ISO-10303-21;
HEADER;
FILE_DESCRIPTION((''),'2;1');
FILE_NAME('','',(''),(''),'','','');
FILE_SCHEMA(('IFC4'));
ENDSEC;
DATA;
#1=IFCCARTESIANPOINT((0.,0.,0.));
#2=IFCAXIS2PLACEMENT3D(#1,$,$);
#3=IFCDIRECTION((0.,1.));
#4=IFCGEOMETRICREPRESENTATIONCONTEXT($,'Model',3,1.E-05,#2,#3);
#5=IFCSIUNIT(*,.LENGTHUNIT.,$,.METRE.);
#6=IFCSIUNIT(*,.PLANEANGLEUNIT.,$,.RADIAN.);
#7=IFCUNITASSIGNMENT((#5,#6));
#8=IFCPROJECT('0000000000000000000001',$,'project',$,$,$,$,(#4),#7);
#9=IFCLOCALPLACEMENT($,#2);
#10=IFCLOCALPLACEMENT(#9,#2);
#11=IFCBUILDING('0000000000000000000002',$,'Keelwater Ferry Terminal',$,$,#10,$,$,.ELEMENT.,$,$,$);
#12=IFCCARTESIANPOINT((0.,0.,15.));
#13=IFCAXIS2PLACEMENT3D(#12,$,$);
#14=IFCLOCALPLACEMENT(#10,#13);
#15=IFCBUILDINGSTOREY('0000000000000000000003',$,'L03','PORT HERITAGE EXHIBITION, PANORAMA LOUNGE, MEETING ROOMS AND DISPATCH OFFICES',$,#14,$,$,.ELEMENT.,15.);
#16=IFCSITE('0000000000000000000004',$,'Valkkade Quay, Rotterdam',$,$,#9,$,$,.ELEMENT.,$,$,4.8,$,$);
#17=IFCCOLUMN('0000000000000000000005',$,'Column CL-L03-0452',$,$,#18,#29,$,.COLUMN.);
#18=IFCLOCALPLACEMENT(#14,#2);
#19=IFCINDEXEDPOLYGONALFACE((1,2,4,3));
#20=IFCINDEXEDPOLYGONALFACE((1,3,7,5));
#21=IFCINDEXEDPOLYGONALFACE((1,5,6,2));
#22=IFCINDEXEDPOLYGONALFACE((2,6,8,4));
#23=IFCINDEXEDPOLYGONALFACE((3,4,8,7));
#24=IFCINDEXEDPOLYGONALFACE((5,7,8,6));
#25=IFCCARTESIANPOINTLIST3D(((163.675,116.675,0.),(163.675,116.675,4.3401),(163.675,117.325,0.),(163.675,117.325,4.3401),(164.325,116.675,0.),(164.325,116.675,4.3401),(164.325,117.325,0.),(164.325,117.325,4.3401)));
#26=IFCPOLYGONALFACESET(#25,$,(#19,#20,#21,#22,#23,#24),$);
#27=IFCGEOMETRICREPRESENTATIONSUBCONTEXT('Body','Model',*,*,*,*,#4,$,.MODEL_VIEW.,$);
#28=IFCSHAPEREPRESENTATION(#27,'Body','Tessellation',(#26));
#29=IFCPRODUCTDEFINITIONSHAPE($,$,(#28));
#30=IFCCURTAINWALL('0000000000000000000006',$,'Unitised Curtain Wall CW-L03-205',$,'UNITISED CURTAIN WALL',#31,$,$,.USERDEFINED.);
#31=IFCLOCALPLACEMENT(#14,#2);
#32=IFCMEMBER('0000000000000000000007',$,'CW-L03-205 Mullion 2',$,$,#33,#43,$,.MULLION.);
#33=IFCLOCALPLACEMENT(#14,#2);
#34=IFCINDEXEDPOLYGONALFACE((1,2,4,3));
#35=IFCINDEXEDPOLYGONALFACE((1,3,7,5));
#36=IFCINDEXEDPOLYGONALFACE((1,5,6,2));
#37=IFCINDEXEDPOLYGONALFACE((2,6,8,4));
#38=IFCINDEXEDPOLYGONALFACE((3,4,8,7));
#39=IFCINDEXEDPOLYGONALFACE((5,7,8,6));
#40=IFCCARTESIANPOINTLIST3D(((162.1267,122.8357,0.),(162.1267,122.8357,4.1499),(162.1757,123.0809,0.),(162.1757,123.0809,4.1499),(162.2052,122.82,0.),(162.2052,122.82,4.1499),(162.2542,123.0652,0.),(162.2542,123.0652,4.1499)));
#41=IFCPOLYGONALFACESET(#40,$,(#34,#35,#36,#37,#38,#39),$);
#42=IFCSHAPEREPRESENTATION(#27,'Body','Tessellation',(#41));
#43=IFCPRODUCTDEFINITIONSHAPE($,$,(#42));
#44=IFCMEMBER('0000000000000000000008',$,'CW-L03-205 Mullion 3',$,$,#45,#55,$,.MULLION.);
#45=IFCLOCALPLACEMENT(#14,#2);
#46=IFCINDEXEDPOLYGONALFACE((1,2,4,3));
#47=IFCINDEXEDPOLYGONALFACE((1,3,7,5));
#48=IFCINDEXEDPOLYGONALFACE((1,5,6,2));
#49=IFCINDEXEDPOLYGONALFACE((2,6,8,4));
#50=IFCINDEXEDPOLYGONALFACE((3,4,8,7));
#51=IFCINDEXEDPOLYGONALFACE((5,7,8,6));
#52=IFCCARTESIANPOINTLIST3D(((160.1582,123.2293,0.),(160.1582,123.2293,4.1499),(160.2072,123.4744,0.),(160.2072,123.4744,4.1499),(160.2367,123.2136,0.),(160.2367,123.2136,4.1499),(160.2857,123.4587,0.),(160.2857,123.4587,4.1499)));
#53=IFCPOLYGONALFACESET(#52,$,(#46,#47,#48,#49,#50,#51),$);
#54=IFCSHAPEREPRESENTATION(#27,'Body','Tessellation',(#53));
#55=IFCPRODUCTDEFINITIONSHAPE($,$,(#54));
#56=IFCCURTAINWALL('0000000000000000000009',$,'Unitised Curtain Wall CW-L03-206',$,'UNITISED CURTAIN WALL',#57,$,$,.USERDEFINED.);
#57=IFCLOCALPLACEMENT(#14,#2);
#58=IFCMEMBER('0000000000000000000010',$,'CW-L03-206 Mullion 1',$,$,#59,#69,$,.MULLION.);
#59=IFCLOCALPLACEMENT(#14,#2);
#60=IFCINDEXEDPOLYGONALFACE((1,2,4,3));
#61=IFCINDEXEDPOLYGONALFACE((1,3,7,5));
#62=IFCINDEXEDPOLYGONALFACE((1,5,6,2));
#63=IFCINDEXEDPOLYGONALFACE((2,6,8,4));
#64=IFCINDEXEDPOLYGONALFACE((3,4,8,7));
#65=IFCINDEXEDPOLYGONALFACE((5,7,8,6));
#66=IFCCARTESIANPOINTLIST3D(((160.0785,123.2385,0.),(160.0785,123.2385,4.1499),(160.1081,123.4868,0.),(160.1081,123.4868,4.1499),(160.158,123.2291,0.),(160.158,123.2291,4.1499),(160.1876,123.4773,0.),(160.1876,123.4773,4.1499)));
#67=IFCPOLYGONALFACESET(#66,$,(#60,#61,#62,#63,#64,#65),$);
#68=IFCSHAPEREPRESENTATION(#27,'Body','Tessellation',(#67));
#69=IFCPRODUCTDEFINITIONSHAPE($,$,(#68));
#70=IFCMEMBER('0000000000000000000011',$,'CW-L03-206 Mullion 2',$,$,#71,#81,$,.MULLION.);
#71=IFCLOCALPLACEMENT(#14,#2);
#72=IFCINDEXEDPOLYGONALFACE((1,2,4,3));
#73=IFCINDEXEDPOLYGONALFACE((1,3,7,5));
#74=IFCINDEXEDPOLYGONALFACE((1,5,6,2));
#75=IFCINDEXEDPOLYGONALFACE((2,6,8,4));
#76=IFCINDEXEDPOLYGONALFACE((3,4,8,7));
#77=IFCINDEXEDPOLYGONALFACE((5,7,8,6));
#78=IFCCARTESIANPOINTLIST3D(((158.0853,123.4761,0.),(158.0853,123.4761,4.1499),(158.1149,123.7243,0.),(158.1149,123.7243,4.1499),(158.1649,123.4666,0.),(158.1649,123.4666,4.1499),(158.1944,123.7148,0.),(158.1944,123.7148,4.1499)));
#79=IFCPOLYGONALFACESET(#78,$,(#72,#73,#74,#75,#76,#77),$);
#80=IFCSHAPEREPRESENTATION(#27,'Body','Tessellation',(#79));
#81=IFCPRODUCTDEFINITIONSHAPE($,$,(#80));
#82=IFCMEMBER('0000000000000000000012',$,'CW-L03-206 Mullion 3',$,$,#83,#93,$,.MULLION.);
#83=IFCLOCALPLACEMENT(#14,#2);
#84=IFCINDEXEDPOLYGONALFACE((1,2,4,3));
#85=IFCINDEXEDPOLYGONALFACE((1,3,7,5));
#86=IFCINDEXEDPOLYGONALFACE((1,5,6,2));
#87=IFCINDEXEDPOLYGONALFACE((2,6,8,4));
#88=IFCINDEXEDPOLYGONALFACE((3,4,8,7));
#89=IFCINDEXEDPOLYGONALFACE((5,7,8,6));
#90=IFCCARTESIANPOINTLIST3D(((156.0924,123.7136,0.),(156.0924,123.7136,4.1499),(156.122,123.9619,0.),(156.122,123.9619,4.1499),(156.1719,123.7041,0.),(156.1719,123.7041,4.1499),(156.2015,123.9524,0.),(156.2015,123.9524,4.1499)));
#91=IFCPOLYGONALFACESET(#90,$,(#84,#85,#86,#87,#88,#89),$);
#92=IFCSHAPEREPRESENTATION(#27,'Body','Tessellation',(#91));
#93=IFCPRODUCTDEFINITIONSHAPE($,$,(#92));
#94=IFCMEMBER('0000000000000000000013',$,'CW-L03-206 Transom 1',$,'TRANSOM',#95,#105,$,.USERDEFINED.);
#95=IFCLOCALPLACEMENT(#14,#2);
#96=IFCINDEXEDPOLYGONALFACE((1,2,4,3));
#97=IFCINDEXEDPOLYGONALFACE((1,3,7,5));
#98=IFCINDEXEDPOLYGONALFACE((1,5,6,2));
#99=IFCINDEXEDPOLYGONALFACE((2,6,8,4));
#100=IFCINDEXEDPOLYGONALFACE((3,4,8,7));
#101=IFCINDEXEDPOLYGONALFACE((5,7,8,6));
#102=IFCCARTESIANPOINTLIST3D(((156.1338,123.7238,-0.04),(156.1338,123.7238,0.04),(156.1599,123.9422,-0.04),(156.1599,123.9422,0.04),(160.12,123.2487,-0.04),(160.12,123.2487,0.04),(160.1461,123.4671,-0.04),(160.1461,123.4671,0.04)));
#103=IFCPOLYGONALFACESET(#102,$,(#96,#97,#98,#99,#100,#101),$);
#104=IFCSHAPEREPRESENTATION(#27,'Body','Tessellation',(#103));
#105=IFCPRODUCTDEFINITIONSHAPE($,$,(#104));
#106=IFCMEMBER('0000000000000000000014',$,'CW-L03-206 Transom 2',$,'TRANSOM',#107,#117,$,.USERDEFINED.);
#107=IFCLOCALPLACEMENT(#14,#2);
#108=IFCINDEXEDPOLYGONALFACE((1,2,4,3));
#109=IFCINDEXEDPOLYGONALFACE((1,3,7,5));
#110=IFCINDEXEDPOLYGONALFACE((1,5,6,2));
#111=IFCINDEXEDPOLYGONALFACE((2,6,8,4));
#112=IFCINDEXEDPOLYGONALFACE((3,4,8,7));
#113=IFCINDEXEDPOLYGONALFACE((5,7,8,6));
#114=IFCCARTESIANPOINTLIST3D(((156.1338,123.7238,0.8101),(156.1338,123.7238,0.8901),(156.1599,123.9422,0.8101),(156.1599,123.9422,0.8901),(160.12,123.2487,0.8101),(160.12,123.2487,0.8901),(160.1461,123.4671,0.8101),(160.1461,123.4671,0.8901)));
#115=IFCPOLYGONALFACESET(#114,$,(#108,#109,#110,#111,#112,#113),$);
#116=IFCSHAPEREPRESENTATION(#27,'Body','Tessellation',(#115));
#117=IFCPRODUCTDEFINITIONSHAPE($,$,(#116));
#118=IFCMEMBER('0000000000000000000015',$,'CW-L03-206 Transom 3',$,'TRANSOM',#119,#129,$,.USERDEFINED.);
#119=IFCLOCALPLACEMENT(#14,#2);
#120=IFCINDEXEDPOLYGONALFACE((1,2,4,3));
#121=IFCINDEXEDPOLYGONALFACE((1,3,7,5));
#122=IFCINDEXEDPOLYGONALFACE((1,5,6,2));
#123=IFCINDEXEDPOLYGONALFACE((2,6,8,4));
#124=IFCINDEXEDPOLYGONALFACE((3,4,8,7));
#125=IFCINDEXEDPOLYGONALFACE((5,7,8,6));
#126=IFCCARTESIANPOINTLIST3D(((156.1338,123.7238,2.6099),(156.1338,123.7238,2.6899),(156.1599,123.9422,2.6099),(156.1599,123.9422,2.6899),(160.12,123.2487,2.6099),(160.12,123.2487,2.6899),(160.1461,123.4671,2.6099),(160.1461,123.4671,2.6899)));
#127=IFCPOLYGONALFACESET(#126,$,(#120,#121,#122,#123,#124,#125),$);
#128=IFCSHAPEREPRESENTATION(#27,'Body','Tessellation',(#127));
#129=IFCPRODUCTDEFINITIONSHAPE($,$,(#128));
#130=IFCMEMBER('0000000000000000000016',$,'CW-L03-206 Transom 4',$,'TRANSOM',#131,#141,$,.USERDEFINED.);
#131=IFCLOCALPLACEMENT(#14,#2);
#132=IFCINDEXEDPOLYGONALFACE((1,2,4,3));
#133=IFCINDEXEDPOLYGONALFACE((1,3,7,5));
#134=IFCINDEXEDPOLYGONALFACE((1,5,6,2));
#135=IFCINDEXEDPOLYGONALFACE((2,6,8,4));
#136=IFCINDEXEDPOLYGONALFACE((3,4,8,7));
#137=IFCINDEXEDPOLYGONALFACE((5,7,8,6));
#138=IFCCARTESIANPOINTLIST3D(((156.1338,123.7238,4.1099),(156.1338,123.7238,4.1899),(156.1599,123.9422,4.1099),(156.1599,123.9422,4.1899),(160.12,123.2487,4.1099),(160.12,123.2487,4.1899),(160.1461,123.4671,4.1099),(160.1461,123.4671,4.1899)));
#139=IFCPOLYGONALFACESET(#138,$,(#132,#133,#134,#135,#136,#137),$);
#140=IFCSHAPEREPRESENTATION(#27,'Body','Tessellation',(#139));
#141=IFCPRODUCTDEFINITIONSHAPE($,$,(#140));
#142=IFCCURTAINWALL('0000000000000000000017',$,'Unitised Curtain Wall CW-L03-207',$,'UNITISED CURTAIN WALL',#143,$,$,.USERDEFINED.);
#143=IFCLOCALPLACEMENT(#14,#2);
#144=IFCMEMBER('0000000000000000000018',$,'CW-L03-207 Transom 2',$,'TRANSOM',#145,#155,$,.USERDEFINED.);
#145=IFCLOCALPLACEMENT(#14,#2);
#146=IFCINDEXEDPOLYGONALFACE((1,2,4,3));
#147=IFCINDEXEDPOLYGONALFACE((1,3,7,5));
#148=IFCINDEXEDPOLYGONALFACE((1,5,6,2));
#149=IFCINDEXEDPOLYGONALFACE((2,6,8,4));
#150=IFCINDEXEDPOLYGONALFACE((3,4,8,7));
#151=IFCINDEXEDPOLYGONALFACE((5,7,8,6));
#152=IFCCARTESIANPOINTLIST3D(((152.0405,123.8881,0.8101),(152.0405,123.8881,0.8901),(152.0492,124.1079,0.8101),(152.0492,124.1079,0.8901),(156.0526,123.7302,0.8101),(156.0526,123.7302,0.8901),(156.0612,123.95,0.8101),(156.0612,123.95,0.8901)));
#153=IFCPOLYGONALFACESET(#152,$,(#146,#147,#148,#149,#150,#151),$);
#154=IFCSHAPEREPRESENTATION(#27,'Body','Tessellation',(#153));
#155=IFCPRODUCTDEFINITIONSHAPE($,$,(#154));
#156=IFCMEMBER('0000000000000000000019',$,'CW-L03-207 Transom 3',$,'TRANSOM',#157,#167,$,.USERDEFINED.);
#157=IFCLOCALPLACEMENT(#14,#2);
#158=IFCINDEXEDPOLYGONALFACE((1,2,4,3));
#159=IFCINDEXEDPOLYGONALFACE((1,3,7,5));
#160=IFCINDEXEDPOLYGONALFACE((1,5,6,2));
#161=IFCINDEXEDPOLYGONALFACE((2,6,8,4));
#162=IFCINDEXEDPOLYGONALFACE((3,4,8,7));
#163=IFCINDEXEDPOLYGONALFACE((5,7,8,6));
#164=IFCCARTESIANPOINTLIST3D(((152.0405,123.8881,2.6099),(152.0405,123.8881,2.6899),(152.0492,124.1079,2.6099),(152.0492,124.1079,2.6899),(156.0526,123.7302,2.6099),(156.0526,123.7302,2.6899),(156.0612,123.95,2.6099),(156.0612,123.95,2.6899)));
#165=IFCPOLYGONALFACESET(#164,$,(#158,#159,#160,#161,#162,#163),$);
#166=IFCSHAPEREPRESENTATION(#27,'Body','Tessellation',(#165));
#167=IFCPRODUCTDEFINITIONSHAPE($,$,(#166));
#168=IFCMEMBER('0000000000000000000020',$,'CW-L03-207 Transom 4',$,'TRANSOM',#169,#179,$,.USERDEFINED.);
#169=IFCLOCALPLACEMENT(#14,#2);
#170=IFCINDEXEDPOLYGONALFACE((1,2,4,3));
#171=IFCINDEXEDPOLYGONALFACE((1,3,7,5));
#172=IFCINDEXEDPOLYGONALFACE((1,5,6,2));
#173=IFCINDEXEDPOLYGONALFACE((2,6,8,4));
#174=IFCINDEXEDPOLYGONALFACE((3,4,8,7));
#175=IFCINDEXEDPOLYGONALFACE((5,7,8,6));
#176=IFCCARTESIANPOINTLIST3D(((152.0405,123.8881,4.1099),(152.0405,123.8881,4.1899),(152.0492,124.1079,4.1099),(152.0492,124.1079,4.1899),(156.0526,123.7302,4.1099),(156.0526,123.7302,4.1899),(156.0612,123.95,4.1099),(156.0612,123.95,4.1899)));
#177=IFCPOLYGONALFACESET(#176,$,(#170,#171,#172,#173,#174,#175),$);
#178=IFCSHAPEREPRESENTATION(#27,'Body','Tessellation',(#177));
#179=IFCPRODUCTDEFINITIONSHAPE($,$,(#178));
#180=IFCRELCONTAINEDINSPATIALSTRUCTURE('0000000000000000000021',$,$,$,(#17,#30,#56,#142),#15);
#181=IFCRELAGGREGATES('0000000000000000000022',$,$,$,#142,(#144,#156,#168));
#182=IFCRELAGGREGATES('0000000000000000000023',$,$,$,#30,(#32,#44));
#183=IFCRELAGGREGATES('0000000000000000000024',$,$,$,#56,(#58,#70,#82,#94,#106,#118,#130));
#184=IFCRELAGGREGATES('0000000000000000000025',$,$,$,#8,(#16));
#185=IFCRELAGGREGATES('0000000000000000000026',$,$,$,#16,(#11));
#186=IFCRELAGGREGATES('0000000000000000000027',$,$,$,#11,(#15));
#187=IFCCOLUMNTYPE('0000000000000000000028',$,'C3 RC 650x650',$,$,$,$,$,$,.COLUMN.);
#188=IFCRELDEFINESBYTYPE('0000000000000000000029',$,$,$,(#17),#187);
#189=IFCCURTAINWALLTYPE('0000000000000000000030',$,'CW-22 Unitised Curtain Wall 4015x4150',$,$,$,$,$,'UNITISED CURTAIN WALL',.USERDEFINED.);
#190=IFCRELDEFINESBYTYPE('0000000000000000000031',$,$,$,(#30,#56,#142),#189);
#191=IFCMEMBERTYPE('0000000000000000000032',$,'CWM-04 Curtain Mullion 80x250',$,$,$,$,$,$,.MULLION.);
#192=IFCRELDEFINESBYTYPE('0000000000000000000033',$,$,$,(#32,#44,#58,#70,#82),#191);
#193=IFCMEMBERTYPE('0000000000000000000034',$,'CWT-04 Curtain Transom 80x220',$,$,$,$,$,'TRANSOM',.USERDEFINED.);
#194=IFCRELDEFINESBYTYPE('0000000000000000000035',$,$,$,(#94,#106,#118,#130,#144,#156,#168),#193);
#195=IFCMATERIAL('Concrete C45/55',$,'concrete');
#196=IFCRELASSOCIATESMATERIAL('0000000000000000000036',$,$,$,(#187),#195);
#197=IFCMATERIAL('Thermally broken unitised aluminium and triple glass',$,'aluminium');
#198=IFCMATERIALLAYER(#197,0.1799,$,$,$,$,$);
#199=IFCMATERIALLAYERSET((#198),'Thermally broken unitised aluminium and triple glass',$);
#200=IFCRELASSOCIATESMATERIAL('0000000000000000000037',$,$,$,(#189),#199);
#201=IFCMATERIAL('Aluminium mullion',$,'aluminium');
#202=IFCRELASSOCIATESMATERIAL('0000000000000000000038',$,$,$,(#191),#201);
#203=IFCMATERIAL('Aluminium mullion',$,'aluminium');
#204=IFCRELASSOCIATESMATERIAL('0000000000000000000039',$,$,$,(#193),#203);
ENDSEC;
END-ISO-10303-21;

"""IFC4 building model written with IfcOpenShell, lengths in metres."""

from ifc_helpers import new_model, si_unit, direction, frame, origin, origin_2d, place, context, subcontext, project, spatial, rectangle, extrude, material, layer, layer_set, material_profile, profile_set, type_object, element, aggregate, save


model = new_model("IFC4")

# Units and contexts
model_context = context("Model", 3, precision=1e-05, world=origin(), true_north=direction((0.0, 1.0)))
body_context = subcontext(model_context, "Body", "Model", "MODEL_VIEW")
ifc_project = project(units=[si_unit("LENGTHUNIT", "METRE"), si_unit("PLANEANGLEUNIT", "RADIAN")], contexts=[model_context])

# Site, building, storey
site_placement = place(None, origin())
site = spatial("IfcSite", under=ifc_project, at=site_placement, Name="Valkkade Quay, Rotterdam", CompositionType="ELEMENT", RefElevation=4.8)
building_placement = place(site_placement, origin())
building = spatial("IfcBuilding", under=site, at=building_placement, Name="Keelwater Ferry Terminal", CompositionType="ELEMENT")
storey_placement = place(building_placement, frame((0.0, 0.0, 15.0)))
storey = spatial("IfcBuildingStorey", under=building, at=storey_placement, Name="L03", Description="PORT HERITAGE EXHIBITION, PANORAMA LOUNGE, MEETING ROOMS AND DISPATCH OFFICES", CompositionType="ELEMENT", Elevation=15.0)

# Column
ifc_material_1 = material(Name="Concrete C45/55", Category="concrete")
ifc_material_profile_1 = material_profile(ifc_material_1, rectangle(XDim=0.6499, YDim=0.6499, at=origin_2d()), Name="RC 650x650")
ifc_profile_set_1 = profile_set([ifc_material_profile_1], Name="Concrete C45/55")
column_type = type_object("IfcColumnType", Name="C3 RC 650x650", PredefinedType="COLUMN", material=ifc_profile_set_1)
column_placement = place(storey_placement, frame((164.0, 117.0, 0.0), z_axis=(0.0, 0.0, 1.0), x_axis=(1.0, 0.0, 0.0)))
element("IfcColumn", 1, at=column_placement, inside=storey, type_object=column_type, Name="Column CL-L03-0452", PredefinedType="COLUMN", context=body_context, shape_type="SweptSolid", body=[
    extrude(rectangle(XDim=0.6499, YDim=0.6499, at=origin_2d()), origin(), (0.0, 0.0, 1.0), 4.3401),
])

# Curtain walls, members
ifc_material_2 = material(Name="Thermally broken unitised aluminium and triple glass", Category="aluminium")
ifc_layer_1 = layer(ifc_material_2, 0.1799)
ifc_layer_set_1 = layer_set([ifc_layer_1], Name="Thermally broken unitised aluminium and triple glass")
curtain_wall_type = type_object("IfcCurtainWallType", Name="CW-22 Unitised Curtain Wall 4015x4150", ElementType="UNITISED CURTAIN WALL", PredefinedType="USERDEFINED", material=ifc_layer_set_1)
curtain_wall_1_placement = place(storey_placement, origin())
curtain_wall_1 = element("IfcCurtainWall", 2, at=curtain_wall_1_placement, inside=storey, type_object=curtain_wall_type, Name="Unitised Curtain Wall CW-L03-205", ObjectType="UNITISED CURTAIN WALL", PredefinedType="USERDEFINED")
ifc_material_3 = material(Name="Aluminium mullion", Category="aluminium")
ifc_material_profile_2 = material_profile(ifc_material_3, rectangle(XDim=0.0801, YDim=0.25, at=origin_2d()), Name="CWM-04")
ifc_profile_set_2 = profile_set([ifc_material_profile_2], Name="Aluminium mullion")
member_type_1 = type_object("IfcMemberType", Name="CWM-04 Curtain Mullion 80x250", PredefinedType="MULLION", material=ifc_profile_set_2)
member_1_placement = place(storey_placement, frame((162.1904, 122.9504, 0.0), z_axis=(0.0, 0.0, 1.0), x_axis=(-0.9806, 0.19602, 0.0)))
member_1 = element("IfcMember", 3, at=member_1_placement, type_object=member_type_1, Name="CW-L03-205 Mullion 2", PredefinedType="MULLION", context=body_context, shape_type="SweptSolid", body=[
    extrude(rectangle(XDim=0.0801, YDim=0.25, at=origin_2d()), origin(), (0.0, 0.0, 1.0), 4.1499),
])
member_2_placement = place(storey_placement, frame((160.2219, 123.344, 0.0), z_axis=(0.0, 0.0, 1.0), x_axis=(-0.9806, 0.19602, 0.0)))
member_2 = element("IfcMember", 4, at=member_2_placement, type_object=member_type_1, Name="CW-L03-205 Mullion 3", PredefinedType="MULLION", context=body_context, shape_type="SweptSolid", body=[
    extrude(rectangle(XDim=0.0801, YDim=0.25, at=origin_2d()), origin(), (0.0, 0.0, 1.0), 4.1499),
])
curtain_wall_2_placement = place(storey_placement, origin())
curtain_wall_2 = element("IfcCurtainWall", 5, at=curtain_wall_2_placement, inside=storey, type_object=curtain_wall_type, Name="Unitised Curtain Wall CW-L03-206", ObjectType="UNITISED CURTAIN WALL", PredefinedType="USERDEFINED")
member_3_placement = place(storey_placement, frame((160.1331, 123.3579, 0.0), z_axis=(0.0, 0.0, 1.0), x_axis=(-0.992974, 0.11833, 0.0)))
member_3 = element("IfcMember", 6, at=member_3_placement, type_object=member_type_1, Name="CW-L03-206 Mullion 1", PredefinedType="MULLION", context=body_context, shape_type="SweptSolid", body=[
    extrude(rectangle(XDim=0.0801, YDim=0.25, at=origin_2d()), origin(), (0.0, 0.0, 1.0), 4.1499),
])
member_4_placement = place(storey_placement, frame((158.1399, 123.5955, 0.0), z_axis=(0.0, 0.0, 1.0), x_axis=(-0.992974, 0.11833, 0.0)))
member_4 = element("IfcMember", 7, at=member_4_placement, type_object=member_type_1, Name="CW-L03-206 Mullion 2", PredefinedType="MULLION", context=body_context, shape_type="SweptSolid", body=[
    extrude(rectangle(XDim=0.0801, YDim=0.25, at=origin_2d()), origin(), (0.0, 0.0, 1.0), 4.1499),
])
member_5_placement = place(storey_placement, frame((156.147, 123.833, 0.0), z_axis=(0.0, 0.0, 1.0), x_axis=(-0.992974, 0.11833, 0.0)))
member_5 = element("IfcMember", 8, at=member_5_placement, type_object=member_type_1, Name="CW-L03-206 Mullion 3", PredefinedType="MULLION", context=body_context, shape_type="SweptSolid", body=[
    extrude(rectangle(XDim=0.0801, YDim=0.25, at=origin_2d()), origin(), (0.0, 0.0, 1.0), 4.1499),
])
ifc_material_4 = material(Name="Aluminium mullion", Category="aluminium")
ifc_material_profile_3 = material_profile(ifc_material_4, rectangle(XDim=0.22, YDim=0.0801, at=origin_2d()), Name="CWT-04")
ifc_profile_set_3 = profile_set([ifc_material_profile_3], Name="Aluminium mullion")
member_type_2 = type_object("IfcMemberType", Name="CWT-04 Curtain Transom 80x220", ElementType="TRANSOM", PredefinedType="USERDEFINED", material=ifc_profile_set_3)
member_6_placement = place(storey_placement, frame((160.1331, 123.3579, 0.0), z_axis=(-0.992972, 0.118351, 0.0), x_axis=(-0.118351, -0.992972, 0.0)))
member_6 = element("IfcMember", 9, at=member_6_placement, type_object=member_type_2, Name="CW-L03-206 Transom 1", ObjectType="TRANSOM", PredefinedType="USERDEFINED", context=body_context, shape_type="SweptSolid", body=[
    extrude(rectangle(XDim=0.22, YDim=0.0801, at=origin_2d()), origin(), (0.0, 0.0, 1.0), 4.0144),
])
member_7_placement = place(storey_placement, frame((160.1331, 123.3579, 0.8501), z_axis=(-0.992972, 0.118351, 0.0), x_axis=(-0.118351, -0.992972, 0.0)))
member_7 = element("IfcMember", 10, at=member_7_placement, type_object=member_type_2, Name="CW-L03-206 Transom 2", ObjectType="TRANSOM", PredefinedType="USERDEFINED", context=body_context, shape_type="SweptSolid", body=[
    extrude(rectangle(XDim=0.22, YDim=0.0801, at=origin_2d()), origin(), (0.0, 0.0, 1.0), 4.0144),
])
member_8_placement = place(storey_placement, frame((160.1331, 123.3579, 2.6499), z_axis=(-0.992972, 0.118351, 0.0), x_axis=(-0.118351, -0.992972, 0.0)))
member_8 = element("IfcMember", 11, at=member_8_placement, type_object=member_type_2, Name="CW-L03-206 Transom 3", ObjectType="TRANSOM", PredefinedType="USERDEFINED", context=body_context, shape_type="SweptSolid", body=[
    extrude(rectangle(XDim=0.22, YDim=0.0801, at=origin_2d()), origin(), (0.0, 0.0, 1.0), 4.0144),
])
member_9_placement = place(storey_placement, frame((160.1331, 123.3579, 4.1499), z_axis=(-0.992972, 0.118351, 0.0), x_axis=(-0.118351, -0.992972, 0.0)))
member_9 = element("IfcMember", 12, at=member_9_placement, type_object=member_type_2, Name="CW-L03-206 Transom 4", ObjectType="TRANSOM", PredefinedType="USERDEFINED", context=body_context, shape_type="SweptSolid", body=[
    extrude(rectangle(XDim=0.22, YDim=0.0801, at=origin_2d()), origin(), (0.0, 0.0, 1.0), 4.0144),
])
curtain_wall_3_placement = place(storey_placement, origin())
curtain_wall_3 = element("IfcCurtainWall", 13, at=curtain_wall_3_placement, inside=storey, type_object=curtain_wall_type, Name="Unitised Curtain Wall CW-L03-207", ObjectType="UNITISED CURTAIN WALL", PredefinedType="USERDEFINED")
member_10_placement = place(storey_placement, frame((156.0569, 123.8401, 0.8501), z_axis=(-0.999226, 0.039342, 0.0), x_axis=(-0.039342, -0.999226, 0.0)))
member_10 = element("IfcMember", 14, at=member_10_placement, type_object=member_type_2, Name="CW-L03-207 Transom 2", ObjectType="TRANSOM", PredefinedType="USERDEFINED", context=body_context, shape_type="SweptSolid", body=[
    extrude(rectangle(XDim=0.22, YDim=0.0801, at=origin_2d()), origin(), (0.0, 0.0, 1.0), 4.0151),
])
member_11_placement = place(storey_placement, frame((156.0569, 123.8401, 2.6499), z_axis=(-0.999226, 0.039342, 0.0), x_axis=(-0.039342, -0.999226, 0.0)))
member_11 = element("IfcMember", 15, at=member_11_placement, type_object=member_type_2, Name="CW-L03-207 Transom 3", ObjectType="TRANSOM", PredefinedType="USERDEFINED", context=body_context, shape_type="SweptSolid", body=[
    extrude(rectangle(XDim=0.22, YDim=0.0801, at=origin_2d()), origin(), (0.0, 0.0, 1.0), 4.0151),
])
member_12_placement = place(storey_placement, frame((156.0569, 123.8401, 4.1499), z_axis=(-0.999226, 0.039342, 0.0), x_axis=(-0.039342, -0.999226, 0.0)))
member_12 = element("IfcMember", 16, at=member_12_placement, type_object=member_type_2, Name="CW-L03-207 Transom 4", ObjectType="TRANSOM", PredefinedType="USERDEFINED", context=body_context, shape_type="SweptSolid", body=[
    extrude(rectangle(XDim=0.22, YDim=0.0801, at=origin_2d()), origin(), (0.0, 0.0, 1.0), 4.0151),
])
aggregate(curtain_wall_3, [member_10, member_11, member_12])

aggregate(curtain_wall_1, [member_1, member_2])
aggregate(curtain_wall_2, [member_3, member_4, member_5, member_6, member_7, member_8, member_9])

save(model, "model.ifc")
